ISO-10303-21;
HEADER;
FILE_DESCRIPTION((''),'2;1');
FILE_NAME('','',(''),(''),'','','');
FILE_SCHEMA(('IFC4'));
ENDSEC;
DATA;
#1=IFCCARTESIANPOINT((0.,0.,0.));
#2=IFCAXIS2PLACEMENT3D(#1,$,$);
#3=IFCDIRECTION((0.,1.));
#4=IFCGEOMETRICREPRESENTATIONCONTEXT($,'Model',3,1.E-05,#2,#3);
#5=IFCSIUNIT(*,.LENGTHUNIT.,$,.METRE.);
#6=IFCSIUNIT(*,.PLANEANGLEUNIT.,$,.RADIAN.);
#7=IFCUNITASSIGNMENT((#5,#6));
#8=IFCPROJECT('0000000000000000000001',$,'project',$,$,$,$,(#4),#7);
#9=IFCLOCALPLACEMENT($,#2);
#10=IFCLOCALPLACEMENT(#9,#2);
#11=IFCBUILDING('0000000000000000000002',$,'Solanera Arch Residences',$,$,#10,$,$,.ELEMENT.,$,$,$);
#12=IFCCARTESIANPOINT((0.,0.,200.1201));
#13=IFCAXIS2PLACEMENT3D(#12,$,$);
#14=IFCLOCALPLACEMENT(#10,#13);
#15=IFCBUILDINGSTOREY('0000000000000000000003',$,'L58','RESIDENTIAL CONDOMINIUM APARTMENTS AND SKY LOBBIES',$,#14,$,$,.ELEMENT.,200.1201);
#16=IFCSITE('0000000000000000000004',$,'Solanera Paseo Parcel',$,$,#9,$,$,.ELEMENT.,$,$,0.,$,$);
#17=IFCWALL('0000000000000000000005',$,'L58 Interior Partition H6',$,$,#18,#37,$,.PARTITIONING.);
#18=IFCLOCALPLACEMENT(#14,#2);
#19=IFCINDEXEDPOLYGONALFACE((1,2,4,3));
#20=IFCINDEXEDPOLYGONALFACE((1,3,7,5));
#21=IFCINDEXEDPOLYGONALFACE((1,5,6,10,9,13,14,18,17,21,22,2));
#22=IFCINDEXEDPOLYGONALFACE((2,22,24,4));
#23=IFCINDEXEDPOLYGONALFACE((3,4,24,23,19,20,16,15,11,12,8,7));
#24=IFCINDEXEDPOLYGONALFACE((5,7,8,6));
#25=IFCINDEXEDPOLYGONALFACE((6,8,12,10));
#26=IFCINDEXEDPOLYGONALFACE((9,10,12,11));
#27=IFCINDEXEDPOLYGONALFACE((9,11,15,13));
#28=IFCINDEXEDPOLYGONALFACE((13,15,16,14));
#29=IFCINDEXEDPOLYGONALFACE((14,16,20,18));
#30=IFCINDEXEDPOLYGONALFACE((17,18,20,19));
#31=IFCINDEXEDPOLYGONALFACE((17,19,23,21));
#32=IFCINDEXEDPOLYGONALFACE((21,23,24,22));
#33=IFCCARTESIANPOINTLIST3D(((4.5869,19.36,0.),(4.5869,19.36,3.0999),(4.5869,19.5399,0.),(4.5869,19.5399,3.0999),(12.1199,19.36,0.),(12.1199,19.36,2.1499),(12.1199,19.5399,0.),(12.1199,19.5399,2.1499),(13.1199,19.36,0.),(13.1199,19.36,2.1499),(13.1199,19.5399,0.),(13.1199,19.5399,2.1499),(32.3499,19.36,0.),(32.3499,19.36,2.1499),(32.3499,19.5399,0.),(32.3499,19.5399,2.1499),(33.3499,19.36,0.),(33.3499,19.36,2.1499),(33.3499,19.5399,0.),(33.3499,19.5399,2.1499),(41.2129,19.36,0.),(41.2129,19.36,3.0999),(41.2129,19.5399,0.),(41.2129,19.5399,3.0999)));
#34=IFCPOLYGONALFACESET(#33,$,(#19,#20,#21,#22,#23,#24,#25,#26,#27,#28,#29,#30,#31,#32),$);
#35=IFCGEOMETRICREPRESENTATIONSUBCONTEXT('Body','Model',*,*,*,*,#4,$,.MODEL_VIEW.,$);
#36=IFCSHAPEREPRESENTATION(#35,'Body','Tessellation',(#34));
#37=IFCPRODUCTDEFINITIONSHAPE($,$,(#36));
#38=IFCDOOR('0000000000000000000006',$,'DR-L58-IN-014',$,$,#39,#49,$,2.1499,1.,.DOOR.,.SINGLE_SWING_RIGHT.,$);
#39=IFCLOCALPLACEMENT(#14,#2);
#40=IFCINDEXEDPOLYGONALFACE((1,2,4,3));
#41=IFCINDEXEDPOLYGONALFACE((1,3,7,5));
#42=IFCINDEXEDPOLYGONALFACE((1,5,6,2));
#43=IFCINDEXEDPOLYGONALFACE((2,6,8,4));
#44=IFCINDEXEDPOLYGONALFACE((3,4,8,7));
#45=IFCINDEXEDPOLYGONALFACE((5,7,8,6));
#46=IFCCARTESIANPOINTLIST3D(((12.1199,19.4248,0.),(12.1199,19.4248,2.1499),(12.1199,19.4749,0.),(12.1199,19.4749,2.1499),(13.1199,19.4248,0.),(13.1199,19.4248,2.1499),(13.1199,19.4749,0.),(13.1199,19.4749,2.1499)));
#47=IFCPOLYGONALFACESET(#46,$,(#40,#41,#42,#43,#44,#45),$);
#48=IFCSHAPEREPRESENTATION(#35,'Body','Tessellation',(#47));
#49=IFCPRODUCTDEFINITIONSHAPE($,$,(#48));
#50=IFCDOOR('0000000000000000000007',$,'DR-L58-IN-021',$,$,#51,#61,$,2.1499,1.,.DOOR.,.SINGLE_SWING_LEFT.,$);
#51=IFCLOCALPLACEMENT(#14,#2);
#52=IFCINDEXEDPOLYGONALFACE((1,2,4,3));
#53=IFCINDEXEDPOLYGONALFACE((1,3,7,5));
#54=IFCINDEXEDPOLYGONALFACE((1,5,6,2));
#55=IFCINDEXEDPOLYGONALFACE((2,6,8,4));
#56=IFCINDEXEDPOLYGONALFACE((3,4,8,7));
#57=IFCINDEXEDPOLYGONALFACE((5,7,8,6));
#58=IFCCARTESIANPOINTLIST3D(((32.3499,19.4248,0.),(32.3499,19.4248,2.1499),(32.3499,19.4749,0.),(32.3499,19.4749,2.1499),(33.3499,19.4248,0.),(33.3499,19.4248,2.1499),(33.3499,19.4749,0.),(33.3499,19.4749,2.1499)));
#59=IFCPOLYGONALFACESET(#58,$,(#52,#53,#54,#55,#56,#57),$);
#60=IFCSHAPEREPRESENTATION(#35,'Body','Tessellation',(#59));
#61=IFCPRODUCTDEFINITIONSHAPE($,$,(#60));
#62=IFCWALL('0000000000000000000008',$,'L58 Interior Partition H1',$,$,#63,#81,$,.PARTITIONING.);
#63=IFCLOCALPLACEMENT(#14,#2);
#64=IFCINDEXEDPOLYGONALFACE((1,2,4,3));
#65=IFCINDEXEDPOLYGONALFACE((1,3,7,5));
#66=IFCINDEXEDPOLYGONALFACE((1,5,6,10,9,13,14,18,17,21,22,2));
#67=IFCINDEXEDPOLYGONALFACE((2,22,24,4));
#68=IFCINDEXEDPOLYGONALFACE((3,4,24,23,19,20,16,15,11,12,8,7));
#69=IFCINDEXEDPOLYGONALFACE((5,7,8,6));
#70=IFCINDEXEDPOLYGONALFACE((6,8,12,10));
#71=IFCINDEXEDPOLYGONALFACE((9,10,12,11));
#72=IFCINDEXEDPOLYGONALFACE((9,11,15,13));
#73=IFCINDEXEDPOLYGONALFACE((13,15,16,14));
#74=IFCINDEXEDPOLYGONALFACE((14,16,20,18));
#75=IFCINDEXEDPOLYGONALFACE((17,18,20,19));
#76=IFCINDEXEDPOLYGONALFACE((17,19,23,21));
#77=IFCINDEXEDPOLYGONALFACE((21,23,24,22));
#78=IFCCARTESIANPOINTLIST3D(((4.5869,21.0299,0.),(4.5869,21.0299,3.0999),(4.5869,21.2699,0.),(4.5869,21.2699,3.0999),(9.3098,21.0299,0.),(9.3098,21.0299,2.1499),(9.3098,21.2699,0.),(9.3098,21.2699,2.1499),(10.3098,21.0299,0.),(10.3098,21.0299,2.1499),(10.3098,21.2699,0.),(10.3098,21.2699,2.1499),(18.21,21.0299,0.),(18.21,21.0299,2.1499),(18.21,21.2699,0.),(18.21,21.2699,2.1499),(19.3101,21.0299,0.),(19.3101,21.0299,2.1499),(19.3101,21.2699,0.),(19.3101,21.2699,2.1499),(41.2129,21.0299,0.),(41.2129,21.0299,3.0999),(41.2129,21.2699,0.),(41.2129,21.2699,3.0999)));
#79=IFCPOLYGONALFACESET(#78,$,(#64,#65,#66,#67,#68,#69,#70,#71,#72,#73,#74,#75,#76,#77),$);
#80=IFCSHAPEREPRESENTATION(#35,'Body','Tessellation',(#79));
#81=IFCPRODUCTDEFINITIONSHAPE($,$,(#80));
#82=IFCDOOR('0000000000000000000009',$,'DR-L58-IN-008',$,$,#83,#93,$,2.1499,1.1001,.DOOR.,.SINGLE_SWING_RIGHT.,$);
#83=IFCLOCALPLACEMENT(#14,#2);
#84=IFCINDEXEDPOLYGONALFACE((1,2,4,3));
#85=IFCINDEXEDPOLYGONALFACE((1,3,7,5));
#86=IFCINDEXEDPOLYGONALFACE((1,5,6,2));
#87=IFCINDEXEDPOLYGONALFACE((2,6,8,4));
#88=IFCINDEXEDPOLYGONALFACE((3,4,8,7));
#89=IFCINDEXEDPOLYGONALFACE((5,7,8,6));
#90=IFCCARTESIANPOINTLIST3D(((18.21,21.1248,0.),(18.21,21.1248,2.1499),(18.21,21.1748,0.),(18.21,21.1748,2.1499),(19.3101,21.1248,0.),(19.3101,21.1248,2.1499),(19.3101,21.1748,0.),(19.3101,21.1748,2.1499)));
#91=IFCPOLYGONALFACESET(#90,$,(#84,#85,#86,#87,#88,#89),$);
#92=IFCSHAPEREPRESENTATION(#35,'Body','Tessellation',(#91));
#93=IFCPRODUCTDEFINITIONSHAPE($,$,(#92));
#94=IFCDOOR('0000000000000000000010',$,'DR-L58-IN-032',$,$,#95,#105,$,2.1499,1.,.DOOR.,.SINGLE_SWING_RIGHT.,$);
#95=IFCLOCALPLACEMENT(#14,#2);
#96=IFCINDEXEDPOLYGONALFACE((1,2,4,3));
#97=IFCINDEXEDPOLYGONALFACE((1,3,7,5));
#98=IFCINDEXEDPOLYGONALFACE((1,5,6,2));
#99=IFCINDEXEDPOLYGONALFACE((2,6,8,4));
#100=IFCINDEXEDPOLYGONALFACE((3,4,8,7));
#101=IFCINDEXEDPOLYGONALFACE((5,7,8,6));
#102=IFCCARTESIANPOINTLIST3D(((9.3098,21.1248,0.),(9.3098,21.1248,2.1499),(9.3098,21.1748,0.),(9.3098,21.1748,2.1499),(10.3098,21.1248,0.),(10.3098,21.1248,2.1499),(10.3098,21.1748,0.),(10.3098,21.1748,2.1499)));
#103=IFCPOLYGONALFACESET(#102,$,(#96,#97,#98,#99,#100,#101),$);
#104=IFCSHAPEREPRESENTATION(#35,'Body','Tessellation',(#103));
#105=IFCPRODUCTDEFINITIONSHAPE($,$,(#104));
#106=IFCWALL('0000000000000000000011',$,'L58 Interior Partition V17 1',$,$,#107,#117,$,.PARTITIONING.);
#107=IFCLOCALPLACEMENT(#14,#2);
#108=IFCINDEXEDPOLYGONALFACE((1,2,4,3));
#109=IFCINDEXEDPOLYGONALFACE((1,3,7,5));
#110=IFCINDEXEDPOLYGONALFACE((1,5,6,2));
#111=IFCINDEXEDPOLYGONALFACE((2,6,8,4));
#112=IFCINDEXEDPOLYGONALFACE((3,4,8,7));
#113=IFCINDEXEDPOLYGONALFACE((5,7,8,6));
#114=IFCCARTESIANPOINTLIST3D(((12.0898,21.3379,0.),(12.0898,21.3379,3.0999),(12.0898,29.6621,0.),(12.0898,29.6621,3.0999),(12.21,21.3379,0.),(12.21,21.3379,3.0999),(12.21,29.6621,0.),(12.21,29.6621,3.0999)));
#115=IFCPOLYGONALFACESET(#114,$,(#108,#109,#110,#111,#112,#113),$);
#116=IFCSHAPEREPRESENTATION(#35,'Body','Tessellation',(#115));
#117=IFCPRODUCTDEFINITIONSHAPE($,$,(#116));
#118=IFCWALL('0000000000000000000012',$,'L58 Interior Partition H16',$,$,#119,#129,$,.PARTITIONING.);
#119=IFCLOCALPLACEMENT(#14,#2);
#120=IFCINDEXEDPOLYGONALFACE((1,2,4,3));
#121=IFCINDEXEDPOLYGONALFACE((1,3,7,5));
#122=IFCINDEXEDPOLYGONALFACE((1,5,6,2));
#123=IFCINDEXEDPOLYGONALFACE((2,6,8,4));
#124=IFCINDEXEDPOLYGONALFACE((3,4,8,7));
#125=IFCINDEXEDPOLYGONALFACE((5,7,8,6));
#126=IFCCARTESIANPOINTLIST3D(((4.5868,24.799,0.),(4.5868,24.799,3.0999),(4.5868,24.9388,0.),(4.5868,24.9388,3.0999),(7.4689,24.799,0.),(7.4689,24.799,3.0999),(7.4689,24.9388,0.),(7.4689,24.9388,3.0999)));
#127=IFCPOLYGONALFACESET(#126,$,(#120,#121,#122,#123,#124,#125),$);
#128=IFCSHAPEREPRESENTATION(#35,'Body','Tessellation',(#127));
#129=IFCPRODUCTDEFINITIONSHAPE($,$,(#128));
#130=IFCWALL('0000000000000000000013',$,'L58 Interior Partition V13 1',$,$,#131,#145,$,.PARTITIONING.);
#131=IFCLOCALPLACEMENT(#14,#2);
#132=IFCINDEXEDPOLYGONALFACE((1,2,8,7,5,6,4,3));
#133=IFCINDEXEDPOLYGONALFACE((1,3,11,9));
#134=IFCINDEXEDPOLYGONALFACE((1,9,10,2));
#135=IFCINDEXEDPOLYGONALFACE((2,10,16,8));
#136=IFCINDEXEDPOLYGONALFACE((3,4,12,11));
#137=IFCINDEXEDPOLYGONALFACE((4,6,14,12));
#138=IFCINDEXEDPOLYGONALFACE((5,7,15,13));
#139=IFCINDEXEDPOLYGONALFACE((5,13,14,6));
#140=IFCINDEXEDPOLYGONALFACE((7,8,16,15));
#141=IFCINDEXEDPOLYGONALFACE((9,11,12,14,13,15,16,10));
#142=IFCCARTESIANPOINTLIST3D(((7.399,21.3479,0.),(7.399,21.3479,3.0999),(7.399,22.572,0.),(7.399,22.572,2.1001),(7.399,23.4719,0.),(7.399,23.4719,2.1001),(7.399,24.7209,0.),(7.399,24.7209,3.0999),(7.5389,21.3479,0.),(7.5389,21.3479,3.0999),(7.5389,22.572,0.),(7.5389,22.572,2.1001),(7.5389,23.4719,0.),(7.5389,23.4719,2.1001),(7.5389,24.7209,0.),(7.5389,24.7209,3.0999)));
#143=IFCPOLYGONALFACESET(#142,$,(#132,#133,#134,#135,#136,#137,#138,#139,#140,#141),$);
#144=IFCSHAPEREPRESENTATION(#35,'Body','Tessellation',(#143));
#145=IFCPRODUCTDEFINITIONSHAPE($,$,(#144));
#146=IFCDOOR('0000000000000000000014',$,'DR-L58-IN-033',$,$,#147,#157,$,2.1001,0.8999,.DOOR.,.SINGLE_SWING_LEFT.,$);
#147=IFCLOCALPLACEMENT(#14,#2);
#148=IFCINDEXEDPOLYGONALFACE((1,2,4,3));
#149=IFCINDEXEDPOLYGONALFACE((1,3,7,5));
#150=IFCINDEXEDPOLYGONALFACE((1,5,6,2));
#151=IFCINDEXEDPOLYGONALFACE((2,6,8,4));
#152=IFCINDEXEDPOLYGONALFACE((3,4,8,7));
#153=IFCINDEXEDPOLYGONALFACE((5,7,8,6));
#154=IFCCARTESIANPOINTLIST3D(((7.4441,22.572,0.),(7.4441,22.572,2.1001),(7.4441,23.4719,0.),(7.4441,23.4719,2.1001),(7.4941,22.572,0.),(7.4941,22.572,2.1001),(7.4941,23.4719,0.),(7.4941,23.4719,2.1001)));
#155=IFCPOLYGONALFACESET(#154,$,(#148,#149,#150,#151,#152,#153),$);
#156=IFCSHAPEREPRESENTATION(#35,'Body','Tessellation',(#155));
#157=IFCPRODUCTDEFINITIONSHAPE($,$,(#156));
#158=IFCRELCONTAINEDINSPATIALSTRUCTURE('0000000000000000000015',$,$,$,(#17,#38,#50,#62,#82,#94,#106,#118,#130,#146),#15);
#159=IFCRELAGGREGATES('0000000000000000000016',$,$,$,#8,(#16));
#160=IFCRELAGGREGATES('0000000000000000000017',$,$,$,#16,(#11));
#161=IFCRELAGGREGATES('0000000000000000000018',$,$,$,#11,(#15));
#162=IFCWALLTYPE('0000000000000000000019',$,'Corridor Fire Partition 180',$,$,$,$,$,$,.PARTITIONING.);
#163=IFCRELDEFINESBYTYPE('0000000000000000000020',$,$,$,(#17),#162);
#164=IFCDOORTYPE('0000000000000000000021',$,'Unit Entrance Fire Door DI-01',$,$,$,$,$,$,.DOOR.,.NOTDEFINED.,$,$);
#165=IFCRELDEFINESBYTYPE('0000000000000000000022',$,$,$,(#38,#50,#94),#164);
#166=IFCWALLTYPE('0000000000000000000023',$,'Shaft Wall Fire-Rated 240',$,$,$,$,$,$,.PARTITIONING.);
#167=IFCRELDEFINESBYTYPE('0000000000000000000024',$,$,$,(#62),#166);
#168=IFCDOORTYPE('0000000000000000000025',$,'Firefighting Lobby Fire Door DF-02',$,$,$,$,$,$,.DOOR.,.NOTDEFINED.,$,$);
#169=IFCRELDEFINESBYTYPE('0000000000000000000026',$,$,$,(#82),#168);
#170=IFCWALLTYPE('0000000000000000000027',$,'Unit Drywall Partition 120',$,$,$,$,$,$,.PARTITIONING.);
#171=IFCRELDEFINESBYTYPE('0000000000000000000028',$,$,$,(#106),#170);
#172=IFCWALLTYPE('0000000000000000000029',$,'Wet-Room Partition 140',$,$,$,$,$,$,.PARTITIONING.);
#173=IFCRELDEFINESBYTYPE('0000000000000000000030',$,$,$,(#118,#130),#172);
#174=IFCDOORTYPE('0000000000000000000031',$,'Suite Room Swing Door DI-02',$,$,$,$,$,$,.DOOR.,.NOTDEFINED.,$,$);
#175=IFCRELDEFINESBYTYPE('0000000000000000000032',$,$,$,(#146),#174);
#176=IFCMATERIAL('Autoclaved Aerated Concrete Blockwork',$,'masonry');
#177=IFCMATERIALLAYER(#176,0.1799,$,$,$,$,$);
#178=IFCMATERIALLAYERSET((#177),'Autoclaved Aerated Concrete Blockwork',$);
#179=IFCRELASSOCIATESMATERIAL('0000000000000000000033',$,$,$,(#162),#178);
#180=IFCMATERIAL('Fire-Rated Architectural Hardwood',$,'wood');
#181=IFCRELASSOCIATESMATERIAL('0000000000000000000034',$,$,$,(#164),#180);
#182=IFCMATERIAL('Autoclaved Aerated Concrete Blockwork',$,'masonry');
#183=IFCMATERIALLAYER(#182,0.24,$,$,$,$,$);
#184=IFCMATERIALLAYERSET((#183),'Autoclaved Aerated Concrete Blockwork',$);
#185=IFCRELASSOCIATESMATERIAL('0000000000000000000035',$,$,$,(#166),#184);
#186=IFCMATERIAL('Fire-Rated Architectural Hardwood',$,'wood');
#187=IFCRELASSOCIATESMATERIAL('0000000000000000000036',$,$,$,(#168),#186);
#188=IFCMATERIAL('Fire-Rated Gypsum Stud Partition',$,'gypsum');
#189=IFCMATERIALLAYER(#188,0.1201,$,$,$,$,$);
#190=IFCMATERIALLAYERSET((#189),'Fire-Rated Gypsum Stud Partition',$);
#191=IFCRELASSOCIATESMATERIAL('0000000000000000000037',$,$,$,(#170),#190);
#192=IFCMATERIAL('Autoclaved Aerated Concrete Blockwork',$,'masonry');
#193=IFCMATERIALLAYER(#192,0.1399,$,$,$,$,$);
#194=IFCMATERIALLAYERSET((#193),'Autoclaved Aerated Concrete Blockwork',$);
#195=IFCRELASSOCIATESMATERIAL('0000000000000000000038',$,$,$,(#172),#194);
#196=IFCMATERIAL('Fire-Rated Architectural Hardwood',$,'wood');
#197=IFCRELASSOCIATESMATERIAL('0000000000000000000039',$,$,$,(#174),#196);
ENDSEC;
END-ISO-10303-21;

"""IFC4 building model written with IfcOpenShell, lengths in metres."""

from ifc_helpers import new_model, si_unit, direction, frame, frame_2d, origin, place, context, subcontext, project, spatial, rectangle, extrude, material, layer, layer_set, type_object, element, fill, save


model = new_model("IFC4")

# Units and contexts
model_context = context("Model", 3, precision=1e-05, world=origin(), true_north=direction((0.0, 1.0)))
body_context = subcontext(model_context, "Body", "Model", "MODEL_VIEW")
ifc_project = project(units=[si_unit("LENGTHUNIT", "METRE"), si_unit("PLANEANGLEUNIT", "RADIAN")], contexts=[model_context])

# Site, building, storey
site_placement = place(None, origin())
site = spatial("IfcSite", under=ifc_project, at=site_placement, Name="Solanera Paseo Parcel", CompositionType="ELEMENT", RefElevation=0.0)
building_placement = place(site_placement, origin())
building = spatial("IfcBuilding", under=site, at=building_placement, Name="Solanera Arch Residences", CompositionType="ELEMENT")
storey_placement = place(building_placement, frame((0.0, 0.0, 200.1201)))
storey = spatial("IfcBuildingStorey", under=building, at=storey_placement, Name="L58", Description="RESIDENTIAL CONDOMINIUM APARTMENTS AND SKY LOBBIES", CompositionType="ELEMENT", Elevation=200.1201)

# Walls, openings, doors
ifc_material_1 = material(Name="Autoclaved Aerated Concrete Blockwork", Category="masonry")
ifc_layer_1 = layer(ifc_material_1, 0.1799)
ifc_layer_set_1 = layer_set([ifc_layer_1], Name="Autoclaved Aerated Concrete Blockwork")
wall_type_1 = type_object("IfcWallType", Name="Corridor Fire Partition 180", PredefinedType="PARTITIONING", material=ifc_layer_set_1)
wall_1_placement = place(storey_placement, frame((4.5869, 19.45, 0.0), z_axis=(0.0, 0.0, 1.0), x_axis=(1.0, 0.0, 0.0)))
wall_1 = element("IfcWall", 1, at=wall_1_placement, inside=storey, type_object=wall_type_1, Name="L58 Interior Partition H6", PredefinedType="PARTITIONING", context=body_context, shape_type="SweptSolid", body=[
    extrude(rectangle(XDim=36.626, YDim=0.1799, at=frame_2d((18.313, 0.0))), origin(), (0.0, 0.0, 1.0), 3.0999),
])
opening_1_placement = place(wall_1_placement, frame((7.533, 0.0, 0.0)))
opening_1 = element("IfcOpeningElement", 2, at=opening_1_placement, cuts=wall_1, PredefinedType="OPENING", context=body_context, shape_type="SweptSolid", body=[
    extrude(rectangle(XDim=1.0, YDim=2.1499, at=frame_2d((0.5, 1.075))), frame((0.0, 0.1001, 0.0), z_axis=(0.0, -1.0, 0.0), x_axis=(1.0, 0.0, 0.0)), (0.0, 0.0, 1.0), 0.1999),
])
opening_2_placement = place(wall_1_placement, frame((27.7629, 0.0, 0.0)))
opening_2 = element("IfcOpeningElement", 3, at=opening_2_placement, cuts=wall_1, PredefinedType="OPENING", context=body_context, shape_type="SweptSolid", body=[
    extrude(rectangle(XDim=1.0, YDim=2.1499, at=frame_2d((0.5, 1.075))), frame((0.0, 0.1001, 0.0), z_axis=(0.0, -1.0, 0.0), x_axis=(1.0, 0.0, 0.0)), (0.0, 0.0, 1.0), 0.1999),
])
ifc_material_2 = material(Name="Fire-Rated Architectural Hardwood", Category="wood")
door_type_1 = type_object("IfcDoorType", Name="Unit Entrance Fire Door DI-01", OperationType="NOTDEFINED", PredefinedType="DOOR", material=ifc_material_2)
door_1_placement = place(opening_1_placement, origin())
door_1 = element("IfcDoor", 4, at=door_1_placement, inside=storey, type_object=door_type_1, Name="DR-L58-IN-014", OperationType="SINGLE_SWING_RIGHT", OverallHeight=2.1499, OverallWidth=1.0, PredefinedType="DOOR", context=body_context, shape_type="SweptSolid", body=[
    extrude(rectangle(XDim=1.0, YDim=2.1499, at=frame_2d((0.5, 1.075))), frame((0.0, 0.0249, 0.0), z_axis=(0.0, -1.0, 0.0), x_axis=(1.0, 0.0, 0.0)), (0.0, 0.0, 1.0), 0.05),
])
fill(opening_1, door_1)
door_2_placement = place(opening_2_placement, origin())
door_2 = element("IfcDoor", 5, at=door_2_placement, inside=storey, type_object=door_type_1, Name="DR-L58-IN-021", OperationType="SINGLE_SWING_LEFT", OverallHeight=2.1499, OverallWidth=1.0, PredefinedType="DOOR", context=body_context, shape_type="SweptSolid", body=[
    extrude(rectangle(XDim=1.0, YDim=2.1499, at=frame_2d((0.5, 1.075))), frame((0.0, 0.0249, 0.0), z_axis=(0.0, -1.0, 0.0), x_axis=(1.0, 0.0, 0.0)), (0.0, 0.0, 1.0), 0.05),
])
fill(opening_2, door_2)
ifc_material_3 = material(Name="Autoclaved Aerated Concrete Blockwork", Category="masonry")
ifc_layer_2 = layer(ifc_material_3, 0.24)
ifc_layer_set_2 = layer_set([ifc_layer_2], Name="Autoclaved Aerated Concrete Blockwork")
wall_type_2 = type_object("IfcWallType", Name="Shaft Wall Fire-Rated 240", PredefinedType="PARTITIONING", material=ifc_layer_set_2)
wall_2_placement = place(storey_placement, frame((4.5869, 21.1499, 0.0), z_axis=(0.0, 0.0, 1.0), x_axis=(1.0, 0.0, 0.0)))
wall_2 = element("IfcWall", 6, at=wall_2_placement, inside=storey, type_object=wall_type_2, Name="L58 Interior Partition H1", PredefinedType="PARTITIONING", context=body_context, shape_type="SweptSolid", body=[
    extrude(rectangle(XDim=36.626, YDim=0.24, at=frame_2d((18.313, 0.0))), origin(), (0.0, 0.0, 1.0), 3.0999),
])
opening_3_placement = place(wall_2_placement, frame((13.623, 0.0, 0.0)))
opening_3 = element("IfcOpeningElement", 7, at=opening_3_placement, cuts=wall_2, PredefinedType="OPENING", context=body_context, shape_type="SweptSolid", body=[
    extrude(rectangle(XDim=1.1001, YDim=2.1499, at=frame_2d((0.55, 1.075))), frame((0.0, 0.1299, 0.0), z_axis=(0.0, -1.0, 0.0), x_axis=(1.0, 0.0, 0.0)), (0.0, 0.0, 1.0), 0.26),
])
opening_4_placement = place(wall_2_placement, frame((4.7229, 0.0, 0.0)))
opening_4 = element("IfcOpeningElement", 8, at=opening_4_placement, cuts=wall_2, PredefinedType="OPENING", context=body_context, shape_type="SweptSolid", body=[
    extrude(rectangle(XDim=1.0, YDim=2.1499, at=frame_2d((0.5, 1.075))), frame((0.0, 0.1299, 0.0), z_axis=(0.0, -1.0, 0.0), x_axis=(1.0, 0.0, 0.0)), (0.0, 0.0, 1.0), 0.26),
])
ifc_material_4 = material(Name="Fire-Rated Architectural Hardwood", Category="wood")
door_type_2 = type_object("IfcDoorType", Name="Firefighting Lobby Fire Door DF-02", OperationType="NOTDEFINED", PredefinedType="DOOR", material=ifc_material_4)
door_3_placement = place(opening_3_placement, origin())
door_3 = element("IfcDoor", 9, at=door_3_placement, inside=storey, type_object=door_type_2, Name="DR-L58-IN-008", OperationType="SINGLE_SWING_RIGHT", OverallHeight=2.1499, OverallWidth=1.1001, PredefinedType="DOOR", context=body_context, shape_type="SweptSolid", body=[
    extrude(rectangle(XDim=1.1001, YDim=2.1499, at=frame_2d((0.55, 1.075))), frame((0.0, 0.0249, 0.0), z_axis=(0.0, -1.0, 0.0), x_axis=(1.0, 0.0, 0.0)), (0.0, 0.0, 1.0), 0.05),
])
fill(opening_3, door_3)
door_4_placement = place(opening_4_placement, origin())
door_4 = element("IfcDoor", 10, at=door_4_placement, inside=storey, type_object=door_type_1, Name="DR-L58-IN-032", OperationType="SINGLE_SWING_RIGHT", OverallHeight=2.1499, OverallWidth=1.0, PredefinedType="DOOR", context=body_context, shape_type="SweptSolid", body=[
    extrude(rectangle(XDim=1.0, YDim=2.1499, at=frame_2d((0.5, 1.075))), frame((0.0, 0.0249, 0.0), z_axis=(0.0, -1.0, 0.0), x_axis=(1.0, 0.0, 0.0)), (0.0, 0.0, 1.0), 0.05),
])
fill(opening_4, door_4)

# Walls
ifc_material_5 = material(Name="Fire-Rated Gypsum Stud Partition", Category="gypsum")
ifc_layer_3 = layer(ifc_material_5, 0.1201)
ifc_layer_set_3 = layer_set([ifc_layer_3], Name="Fire-Rated Gypsum Stud Partition")
wall_type_3 = type_object("IfcWallType", Name="Unit Drywall Partition 120", PredefinedType="PARTITIONING", material=ifc_layer_set_3)
wall_3_placement = place(storey_placement, frame((12.1499, 21.3379, 0.0), z_axis=(0.0, 0.0, 1.0), x_axis=(0.0, 1.0, 0.0)))
element("IfcWall", 11, at=wall_3_placement, inside=storey, type_object=wall_type_3, Name="L58 Interior Partition V17 1", PredefinedType="PARTITIONING", context=body_context, shape_type="SweptSolid", body=[
    extrude(rectangle(XDim=8.3242, YDim=0.1201, at=frame_2d((4.1621, 0.0))), origin(), (0.0, 0.0, 1.0), 3.0999),
])
ifc_material_6 = material(Name="Autoclaved Aerated Concrete Blockwork", Category="masonry")
ifc_layer_4 = layer(ifc_material_6, 0.1399)
ifc_layer_set_4 = layer_set([ifc_layer_4], Name="Autoclaved Aerated Concrete Blockwork")
wall_type_4 = type_object("IfcWallType", Name="Wet-Room Partition 140", PredefinedType="PARTITIONING", material=ifc_layer_set_4)
wall_4_placement = place(storey_placement, frame((4.5869, 24.8689, 0.0), z_axis=(0.0, 0.0, 1.0), x_axis=(1.0, 0.0, 0.0)))
element("IfcWall", 12, at=wall_4_placement, inside=storey, type_object=wall_type_4, Name="L58 Interior Partition H16", PredefinedType="PARTITIONING", context=body_context, shape_type="SweptSolid", body=[
    extrude(rectangle(XDim=2.8821, YDim=0.1399, at=frame_2d((1.4409, 0.0))), origin(), (0.0, 0.0, 1.0), 3.0999),
])

# Wall, opening, door
wall_5_placement = place(storey_placement, frame((7.469, 21.3479, 0.0), z_axis=(0.0, 0.0, 1.0), x_axis=(0.0, 1.0, 0.0)))
wall_5 = element("IfcWall", 13, at=wall_5_placement, inside=storey, type_object=wall_type_4, Name="L58 Interior Partition V13 1", PredefinedType="PARTITIONING", context=body_context, shape_type="SweptSolid", body=[
    extrude(rectangle(XDim=3.373, YDim=0.1399, at=frame_2d((1.6865, 0.0))), origin(), (0.0, 0.0, 1.0), 3.0999),
])
opening_5_placement = place(wall_5_placement, frame((1.2241, 0.0, 0.0)))
opening_5 = element("IfcOpeningElement", 14, at=opening_5_placement, cuts=wall_5, PredefinedType="OPENING", context=body_context, shape_type="SweptSolid", body=[
    extrude(rectangle(XDim=0.8999, YDim=2.1001, at=frame_2d((0.45, 1.05))), frame((0.0, 0.0798, 0.0), z_axis=(0.0, -1.0, 0.0), x_axis=(1.0, 0.0, 0.0)), (0.0, 0.0, 1.0), 0.1599),
])
ifc_material_7 = material(Name="Fire-Rated Architectural Hardwood", Category="wood")
door_type_3 = type_object("IfcDoorType", Name="Suite Room Swing Door DI-02", OperationType="NOTDEFINED", PredefinedType="DOOR", material=ifc_material_7)
door_5_placement = place(opening_5_placement, origin())
door_5 = element("IfcDoor", 15, at=door_5_placement, inside=storey, type_object=door_type_3, Name="DR-L58-IN-033", OperationType="SINGLE_SWING_LEFT", OverallHeight=2.1001, OverallWidth=0.8999, PredefinedType="DOOR", context=body_context, shape_type="SweptSolid", body=[
    extrude(rectangle(XDim=0.8999, YDim=2.1001, at=frame_2d((0.45, 1.05))), frame((0.0, 0.0249, 0.0), z_axis=(0.0, -1.0, 0.0), x_axis=(1.0, 0.0, 0.0)), (0.0, 0.0, 1.0), 0.05),
])
fill(opening_5, door_5)

save(model, "model.ifc")
